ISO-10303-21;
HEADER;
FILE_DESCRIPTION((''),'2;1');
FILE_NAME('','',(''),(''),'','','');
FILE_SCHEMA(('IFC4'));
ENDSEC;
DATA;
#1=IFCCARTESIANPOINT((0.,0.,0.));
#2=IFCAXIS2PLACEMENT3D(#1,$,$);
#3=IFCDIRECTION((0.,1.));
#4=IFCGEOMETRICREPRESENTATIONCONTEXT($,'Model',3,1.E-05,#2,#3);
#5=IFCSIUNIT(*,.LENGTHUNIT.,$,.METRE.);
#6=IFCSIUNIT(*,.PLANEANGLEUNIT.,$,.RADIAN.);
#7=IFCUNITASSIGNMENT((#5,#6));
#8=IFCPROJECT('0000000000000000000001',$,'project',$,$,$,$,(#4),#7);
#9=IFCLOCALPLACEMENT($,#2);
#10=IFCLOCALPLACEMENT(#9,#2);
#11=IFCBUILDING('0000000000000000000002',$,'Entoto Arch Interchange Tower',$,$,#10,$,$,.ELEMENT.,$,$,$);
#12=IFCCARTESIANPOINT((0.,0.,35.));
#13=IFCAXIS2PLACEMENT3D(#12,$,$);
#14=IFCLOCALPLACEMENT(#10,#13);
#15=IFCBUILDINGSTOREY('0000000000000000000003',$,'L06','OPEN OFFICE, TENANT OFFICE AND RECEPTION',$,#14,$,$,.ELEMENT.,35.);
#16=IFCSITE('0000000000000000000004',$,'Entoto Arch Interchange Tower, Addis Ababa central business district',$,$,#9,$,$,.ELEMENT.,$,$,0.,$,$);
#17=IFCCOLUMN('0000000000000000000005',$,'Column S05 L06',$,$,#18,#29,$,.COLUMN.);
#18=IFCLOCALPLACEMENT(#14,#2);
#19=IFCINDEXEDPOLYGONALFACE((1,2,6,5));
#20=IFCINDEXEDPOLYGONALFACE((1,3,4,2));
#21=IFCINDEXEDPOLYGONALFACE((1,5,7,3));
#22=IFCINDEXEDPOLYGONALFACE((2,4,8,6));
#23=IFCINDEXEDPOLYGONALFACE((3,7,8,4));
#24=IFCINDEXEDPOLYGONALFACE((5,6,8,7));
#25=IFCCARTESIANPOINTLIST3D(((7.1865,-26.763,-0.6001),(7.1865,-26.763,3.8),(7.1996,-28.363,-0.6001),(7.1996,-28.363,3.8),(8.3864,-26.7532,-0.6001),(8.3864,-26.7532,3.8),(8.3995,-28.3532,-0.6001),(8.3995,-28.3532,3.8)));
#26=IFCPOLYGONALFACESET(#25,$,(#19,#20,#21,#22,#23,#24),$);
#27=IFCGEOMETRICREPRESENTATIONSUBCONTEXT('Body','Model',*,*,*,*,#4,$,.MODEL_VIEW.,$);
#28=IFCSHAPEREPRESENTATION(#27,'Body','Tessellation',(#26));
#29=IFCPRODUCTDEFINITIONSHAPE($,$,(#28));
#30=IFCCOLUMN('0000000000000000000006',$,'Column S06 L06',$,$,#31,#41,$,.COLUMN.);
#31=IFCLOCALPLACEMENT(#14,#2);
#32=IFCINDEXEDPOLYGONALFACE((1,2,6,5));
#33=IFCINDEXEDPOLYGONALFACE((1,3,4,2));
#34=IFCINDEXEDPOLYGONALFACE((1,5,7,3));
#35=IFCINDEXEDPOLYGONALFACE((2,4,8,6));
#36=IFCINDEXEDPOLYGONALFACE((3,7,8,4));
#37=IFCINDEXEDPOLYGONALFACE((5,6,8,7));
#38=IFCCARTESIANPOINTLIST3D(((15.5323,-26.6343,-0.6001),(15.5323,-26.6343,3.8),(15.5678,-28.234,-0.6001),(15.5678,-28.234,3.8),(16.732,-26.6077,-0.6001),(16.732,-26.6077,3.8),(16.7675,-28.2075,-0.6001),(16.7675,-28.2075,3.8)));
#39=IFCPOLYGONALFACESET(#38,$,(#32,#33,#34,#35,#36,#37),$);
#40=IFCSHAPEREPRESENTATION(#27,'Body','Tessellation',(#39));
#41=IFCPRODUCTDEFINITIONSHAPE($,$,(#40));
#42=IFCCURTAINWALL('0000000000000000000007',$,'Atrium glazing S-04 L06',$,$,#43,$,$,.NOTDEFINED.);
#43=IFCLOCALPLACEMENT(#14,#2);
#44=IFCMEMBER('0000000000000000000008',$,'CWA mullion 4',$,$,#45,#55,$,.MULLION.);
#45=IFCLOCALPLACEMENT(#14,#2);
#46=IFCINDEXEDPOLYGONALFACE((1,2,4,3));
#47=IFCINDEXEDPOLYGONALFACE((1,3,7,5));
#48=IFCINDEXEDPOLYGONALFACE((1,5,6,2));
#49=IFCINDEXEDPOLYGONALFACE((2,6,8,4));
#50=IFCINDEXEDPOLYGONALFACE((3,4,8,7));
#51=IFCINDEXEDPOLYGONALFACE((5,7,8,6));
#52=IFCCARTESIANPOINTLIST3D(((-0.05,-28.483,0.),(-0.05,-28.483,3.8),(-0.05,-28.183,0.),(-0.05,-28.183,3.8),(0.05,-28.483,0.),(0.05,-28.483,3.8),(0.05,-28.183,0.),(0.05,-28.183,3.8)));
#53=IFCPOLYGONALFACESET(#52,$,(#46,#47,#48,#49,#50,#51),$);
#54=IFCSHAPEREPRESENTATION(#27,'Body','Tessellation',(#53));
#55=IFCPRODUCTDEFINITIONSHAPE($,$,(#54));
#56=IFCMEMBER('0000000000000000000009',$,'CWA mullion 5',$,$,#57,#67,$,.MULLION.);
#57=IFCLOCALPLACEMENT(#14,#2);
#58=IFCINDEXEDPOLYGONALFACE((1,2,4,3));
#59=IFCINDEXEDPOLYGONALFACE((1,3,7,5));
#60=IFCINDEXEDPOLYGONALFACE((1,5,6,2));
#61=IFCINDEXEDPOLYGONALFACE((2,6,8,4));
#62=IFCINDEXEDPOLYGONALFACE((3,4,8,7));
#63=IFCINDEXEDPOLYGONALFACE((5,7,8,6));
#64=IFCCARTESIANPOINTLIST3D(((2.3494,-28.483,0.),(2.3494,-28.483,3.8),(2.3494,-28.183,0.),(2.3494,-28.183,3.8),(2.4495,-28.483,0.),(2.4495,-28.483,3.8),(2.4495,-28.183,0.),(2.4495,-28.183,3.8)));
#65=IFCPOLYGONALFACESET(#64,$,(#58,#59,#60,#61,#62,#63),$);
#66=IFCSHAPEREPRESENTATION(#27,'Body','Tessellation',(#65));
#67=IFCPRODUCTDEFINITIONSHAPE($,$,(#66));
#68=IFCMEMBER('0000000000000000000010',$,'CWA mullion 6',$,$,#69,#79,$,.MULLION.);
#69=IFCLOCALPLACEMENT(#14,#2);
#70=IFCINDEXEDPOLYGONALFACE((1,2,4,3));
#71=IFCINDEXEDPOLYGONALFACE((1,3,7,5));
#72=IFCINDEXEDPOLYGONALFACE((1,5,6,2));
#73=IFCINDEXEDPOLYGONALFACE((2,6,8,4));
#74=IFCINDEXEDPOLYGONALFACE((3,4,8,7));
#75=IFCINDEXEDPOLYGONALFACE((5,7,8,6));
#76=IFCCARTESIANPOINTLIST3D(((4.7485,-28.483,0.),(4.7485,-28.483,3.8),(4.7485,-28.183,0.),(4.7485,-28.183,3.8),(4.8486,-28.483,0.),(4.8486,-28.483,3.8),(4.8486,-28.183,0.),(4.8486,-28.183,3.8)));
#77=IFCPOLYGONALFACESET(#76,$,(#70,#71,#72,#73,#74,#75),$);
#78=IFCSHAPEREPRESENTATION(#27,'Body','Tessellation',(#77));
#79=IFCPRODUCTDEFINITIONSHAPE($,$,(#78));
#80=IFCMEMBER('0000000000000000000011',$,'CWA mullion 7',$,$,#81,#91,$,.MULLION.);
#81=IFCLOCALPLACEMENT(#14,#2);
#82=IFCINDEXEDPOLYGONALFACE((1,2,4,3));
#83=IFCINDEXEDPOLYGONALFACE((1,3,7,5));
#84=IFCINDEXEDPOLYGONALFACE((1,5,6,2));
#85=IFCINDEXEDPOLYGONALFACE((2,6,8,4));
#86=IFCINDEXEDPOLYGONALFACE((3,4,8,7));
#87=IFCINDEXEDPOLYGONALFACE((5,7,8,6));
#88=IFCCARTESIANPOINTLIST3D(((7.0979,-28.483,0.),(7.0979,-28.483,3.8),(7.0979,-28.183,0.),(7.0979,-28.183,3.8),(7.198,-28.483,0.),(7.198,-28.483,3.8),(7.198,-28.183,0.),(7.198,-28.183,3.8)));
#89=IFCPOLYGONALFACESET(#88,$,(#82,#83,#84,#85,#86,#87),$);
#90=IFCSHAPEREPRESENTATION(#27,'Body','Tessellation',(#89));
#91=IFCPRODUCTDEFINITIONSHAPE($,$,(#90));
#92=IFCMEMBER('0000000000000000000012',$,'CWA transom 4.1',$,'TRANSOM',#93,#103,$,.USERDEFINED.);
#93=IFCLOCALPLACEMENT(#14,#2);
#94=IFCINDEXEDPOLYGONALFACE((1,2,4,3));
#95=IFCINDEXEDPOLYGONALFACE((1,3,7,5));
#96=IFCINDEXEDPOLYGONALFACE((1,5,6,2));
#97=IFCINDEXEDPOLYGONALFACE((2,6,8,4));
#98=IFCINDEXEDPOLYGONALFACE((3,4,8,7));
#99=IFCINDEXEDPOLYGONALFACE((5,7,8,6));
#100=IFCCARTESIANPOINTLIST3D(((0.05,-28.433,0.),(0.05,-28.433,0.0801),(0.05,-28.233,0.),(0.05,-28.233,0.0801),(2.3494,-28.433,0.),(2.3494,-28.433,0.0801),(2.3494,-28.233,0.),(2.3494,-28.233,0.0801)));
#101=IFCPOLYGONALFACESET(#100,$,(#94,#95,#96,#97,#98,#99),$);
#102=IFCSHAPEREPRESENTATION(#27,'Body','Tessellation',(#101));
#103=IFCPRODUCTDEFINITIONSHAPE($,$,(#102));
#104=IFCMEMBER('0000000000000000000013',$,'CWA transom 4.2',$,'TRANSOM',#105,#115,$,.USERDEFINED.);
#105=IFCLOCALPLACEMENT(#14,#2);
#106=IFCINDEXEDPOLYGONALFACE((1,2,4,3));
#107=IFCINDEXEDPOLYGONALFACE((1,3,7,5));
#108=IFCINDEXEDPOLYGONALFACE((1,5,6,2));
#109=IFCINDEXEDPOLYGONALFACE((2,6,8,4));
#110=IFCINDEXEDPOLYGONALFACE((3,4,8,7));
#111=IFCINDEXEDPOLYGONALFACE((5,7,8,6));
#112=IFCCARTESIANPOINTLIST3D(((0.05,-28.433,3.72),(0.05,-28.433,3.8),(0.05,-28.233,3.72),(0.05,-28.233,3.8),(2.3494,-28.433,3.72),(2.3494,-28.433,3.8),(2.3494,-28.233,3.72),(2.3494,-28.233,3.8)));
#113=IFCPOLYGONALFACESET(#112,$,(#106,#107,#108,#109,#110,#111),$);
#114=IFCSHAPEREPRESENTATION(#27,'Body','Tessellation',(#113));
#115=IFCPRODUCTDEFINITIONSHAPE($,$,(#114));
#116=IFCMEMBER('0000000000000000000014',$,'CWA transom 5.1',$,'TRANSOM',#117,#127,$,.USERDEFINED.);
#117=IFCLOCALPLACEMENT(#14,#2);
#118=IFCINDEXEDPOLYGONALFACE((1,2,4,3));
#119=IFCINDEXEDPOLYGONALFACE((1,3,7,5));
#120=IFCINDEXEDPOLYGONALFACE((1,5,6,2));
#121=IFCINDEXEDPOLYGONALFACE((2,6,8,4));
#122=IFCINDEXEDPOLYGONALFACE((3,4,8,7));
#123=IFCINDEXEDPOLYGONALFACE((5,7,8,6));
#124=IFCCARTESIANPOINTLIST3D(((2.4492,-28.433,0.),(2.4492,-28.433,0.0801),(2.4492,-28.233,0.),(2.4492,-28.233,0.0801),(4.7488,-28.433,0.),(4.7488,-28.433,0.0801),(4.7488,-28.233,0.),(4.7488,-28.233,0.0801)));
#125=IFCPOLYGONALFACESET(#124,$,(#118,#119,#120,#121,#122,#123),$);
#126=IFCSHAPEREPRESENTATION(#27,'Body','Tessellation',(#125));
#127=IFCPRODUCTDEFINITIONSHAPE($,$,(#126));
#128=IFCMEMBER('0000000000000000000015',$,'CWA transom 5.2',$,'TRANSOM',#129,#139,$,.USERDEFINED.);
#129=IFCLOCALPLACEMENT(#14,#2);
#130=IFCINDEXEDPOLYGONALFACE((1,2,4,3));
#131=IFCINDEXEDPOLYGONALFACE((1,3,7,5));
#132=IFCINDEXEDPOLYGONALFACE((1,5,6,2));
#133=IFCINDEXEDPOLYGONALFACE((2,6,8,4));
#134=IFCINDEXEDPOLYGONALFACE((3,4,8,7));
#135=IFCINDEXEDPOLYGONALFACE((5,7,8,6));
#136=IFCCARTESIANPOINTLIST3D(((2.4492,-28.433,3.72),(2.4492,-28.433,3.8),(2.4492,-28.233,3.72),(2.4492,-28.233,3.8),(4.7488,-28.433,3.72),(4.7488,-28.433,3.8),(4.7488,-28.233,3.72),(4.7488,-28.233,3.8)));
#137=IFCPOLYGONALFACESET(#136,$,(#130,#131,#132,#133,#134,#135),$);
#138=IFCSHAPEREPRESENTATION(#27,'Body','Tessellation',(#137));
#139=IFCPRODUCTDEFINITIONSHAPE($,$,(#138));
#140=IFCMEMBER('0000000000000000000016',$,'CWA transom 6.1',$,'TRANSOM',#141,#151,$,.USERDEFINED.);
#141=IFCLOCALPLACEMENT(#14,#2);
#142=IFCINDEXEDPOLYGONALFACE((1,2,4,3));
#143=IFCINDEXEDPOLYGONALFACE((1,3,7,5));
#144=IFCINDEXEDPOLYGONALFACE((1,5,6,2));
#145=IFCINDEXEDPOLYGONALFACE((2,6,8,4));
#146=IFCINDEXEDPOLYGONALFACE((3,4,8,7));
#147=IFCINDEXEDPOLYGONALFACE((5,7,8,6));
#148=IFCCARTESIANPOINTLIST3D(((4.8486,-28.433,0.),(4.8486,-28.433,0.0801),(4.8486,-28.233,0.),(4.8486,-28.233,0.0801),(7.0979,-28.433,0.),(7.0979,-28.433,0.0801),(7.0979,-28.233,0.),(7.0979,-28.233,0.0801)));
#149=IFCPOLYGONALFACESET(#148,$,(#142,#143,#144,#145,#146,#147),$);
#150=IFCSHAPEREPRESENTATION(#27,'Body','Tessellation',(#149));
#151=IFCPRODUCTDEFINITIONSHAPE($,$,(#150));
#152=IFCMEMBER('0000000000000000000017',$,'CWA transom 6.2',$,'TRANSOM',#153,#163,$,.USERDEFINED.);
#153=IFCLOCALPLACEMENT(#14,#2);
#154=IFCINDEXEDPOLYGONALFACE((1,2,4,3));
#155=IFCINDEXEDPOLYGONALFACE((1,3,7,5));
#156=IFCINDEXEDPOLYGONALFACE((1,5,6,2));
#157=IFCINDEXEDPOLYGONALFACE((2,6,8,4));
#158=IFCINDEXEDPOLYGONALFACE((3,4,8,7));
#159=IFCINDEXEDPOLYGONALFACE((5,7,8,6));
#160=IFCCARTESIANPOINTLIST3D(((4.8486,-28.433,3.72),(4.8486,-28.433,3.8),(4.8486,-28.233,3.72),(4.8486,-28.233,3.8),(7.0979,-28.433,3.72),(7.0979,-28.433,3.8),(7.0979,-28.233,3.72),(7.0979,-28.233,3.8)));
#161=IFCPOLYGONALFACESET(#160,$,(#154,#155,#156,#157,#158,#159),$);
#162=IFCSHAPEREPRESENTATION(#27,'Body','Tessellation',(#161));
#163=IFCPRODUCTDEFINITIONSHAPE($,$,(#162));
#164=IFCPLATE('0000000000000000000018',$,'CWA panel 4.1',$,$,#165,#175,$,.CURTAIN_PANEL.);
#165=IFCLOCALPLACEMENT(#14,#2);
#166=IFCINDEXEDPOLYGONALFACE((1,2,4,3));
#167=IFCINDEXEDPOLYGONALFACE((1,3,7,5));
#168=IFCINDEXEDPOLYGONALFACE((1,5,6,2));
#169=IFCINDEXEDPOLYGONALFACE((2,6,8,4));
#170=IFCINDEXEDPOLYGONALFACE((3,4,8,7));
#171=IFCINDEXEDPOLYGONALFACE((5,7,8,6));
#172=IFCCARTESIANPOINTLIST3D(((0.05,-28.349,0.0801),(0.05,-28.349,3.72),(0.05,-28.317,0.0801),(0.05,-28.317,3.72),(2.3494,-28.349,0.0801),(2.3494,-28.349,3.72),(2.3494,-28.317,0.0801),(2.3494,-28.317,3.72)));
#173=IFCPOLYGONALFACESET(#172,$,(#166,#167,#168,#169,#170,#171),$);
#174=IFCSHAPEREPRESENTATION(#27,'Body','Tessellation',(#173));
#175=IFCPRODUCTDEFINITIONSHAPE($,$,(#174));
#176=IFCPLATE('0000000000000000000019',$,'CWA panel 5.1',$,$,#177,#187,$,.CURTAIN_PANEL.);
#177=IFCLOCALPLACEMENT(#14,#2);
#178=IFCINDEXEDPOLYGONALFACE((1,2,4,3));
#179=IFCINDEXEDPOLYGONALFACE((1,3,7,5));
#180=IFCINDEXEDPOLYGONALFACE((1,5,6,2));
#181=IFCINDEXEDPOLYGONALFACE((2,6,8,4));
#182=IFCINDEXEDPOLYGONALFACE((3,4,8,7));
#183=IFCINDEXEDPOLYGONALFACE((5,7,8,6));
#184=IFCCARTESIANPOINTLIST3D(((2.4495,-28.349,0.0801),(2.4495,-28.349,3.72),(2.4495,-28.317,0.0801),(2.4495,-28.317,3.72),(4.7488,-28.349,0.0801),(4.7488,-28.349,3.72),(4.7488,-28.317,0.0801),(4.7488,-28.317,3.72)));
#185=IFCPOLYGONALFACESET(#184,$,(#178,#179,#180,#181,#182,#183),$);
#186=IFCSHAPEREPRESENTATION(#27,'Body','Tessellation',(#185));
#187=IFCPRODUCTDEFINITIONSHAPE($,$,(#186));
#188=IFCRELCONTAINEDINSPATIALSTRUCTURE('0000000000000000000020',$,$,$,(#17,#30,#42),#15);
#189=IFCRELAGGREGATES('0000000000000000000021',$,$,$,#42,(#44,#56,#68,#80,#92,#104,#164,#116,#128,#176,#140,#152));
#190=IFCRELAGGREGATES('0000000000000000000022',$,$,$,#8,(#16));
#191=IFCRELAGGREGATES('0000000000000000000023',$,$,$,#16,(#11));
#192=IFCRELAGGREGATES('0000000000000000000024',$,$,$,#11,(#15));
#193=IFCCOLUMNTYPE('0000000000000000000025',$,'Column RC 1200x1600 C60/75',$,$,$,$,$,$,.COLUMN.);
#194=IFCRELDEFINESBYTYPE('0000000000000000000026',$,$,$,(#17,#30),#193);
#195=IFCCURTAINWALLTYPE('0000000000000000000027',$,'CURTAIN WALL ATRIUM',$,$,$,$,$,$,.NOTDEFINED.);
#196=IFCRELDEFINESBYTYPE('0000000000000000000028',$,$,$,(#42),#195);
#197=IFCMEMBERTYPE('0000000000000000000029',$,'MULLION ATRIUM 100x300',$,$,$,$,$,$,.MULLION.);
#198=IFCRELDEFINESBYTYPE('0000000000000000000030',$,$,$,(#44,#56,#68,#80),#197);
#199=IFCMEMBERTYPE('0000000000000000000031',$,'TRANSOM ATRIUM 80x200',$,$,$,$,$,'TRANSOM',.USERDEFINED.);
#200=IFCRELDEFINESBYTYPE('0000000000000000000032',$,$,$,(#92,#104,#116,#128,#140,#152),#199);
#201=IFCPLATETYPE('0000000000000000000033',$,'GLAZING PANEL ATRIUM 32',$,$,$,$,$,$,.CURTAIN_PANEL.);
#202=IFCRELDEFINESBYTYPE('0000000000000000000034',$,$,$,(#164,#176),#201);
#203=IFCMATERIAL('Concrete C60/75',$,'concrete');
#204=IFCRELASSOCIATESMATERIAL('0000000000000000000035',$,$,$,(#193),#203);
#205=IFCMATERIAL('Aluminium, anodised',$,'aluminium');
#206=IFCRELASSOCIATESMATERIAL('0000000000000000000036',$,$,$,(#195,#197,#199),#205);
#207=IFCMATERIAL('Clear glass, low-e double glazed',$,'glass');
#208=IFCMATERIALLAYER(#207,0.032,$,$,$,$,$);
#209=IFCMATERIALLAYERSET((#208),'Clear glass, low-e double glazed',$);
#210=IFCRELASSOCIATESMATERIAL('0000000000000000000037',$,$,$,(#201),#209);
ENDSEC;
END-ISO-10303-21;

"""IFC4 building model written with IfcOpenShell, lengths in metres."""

from ifc_helpers import new_model, si_unit, direction, frame, origin, origin_2d, place, context, subcontext, project, spatial, rectangle, extrude, material, layer, layer_set, material_profile, profile_set, type_object, element, aggregate, save


model = new_model("IFC4")

# Units and contexts
model_context = context("Model", 3, precision=1e-05, world=origin(), true_north=direction((0.0, 1.0)))
body_context = subcontext(model_context, "Body", "Model", "MODEL_VIEW")
ifc_project = project(units=[si_unit("LENGTHUNIT", "METRE"), si_unit("PLANEANGLEUNIT", "RADIAN")], contexts=[model_context])

# Site, building, storey
site_placement = place(None, origin())
site = spatial("IfcSite", under=ifc_project, at=site_placement, Name="Entoto Arch Interchange Tower, Addis Ababa central business district", CompositionType="ELEMENT", RefElevation=0.0)
building_placement = place(site_placement, origin())
building = spatial("IfcBuilding", under=site, at=building_placement, Name="Entoto Arch Interchange Tower", CompositionType="ELEMENT")
storey_placement = place(building_placement, frame((0.0, 0.0, 35.0)))
storey = spatial("IfcBuildingStorey", under=building, at=storey_placement, Name="L06", Description="OPEN OFFICE, TENANT OFFICE AND RECEPTION", CompositionType="ELEMENT", Elevation=35.0)

# Columns
ifc_material_1 = material(Name="Concrete C60/75", Category="concrete")
ifc_material_profile_1 = material_profile(ifc_material_1, rectangle(XDim=1.2, YDim=1.6001, at=origin_2d()))
ifc_profile_set_1 = profile_set([ifc_material_profile_1], Name="Concrete C60/75")
column_type = type_object("IfcColumnType", Name="Column RC 1200x1600 C60/75", PredefinedType="COLUMN", material=ifc_profile_set_1)
for number, where, z_axis, x_axis, name in (
    (1, (7.793, -27.5581, -0.6001), (0.0, 0.0, 1.0), (0.999966, 0.008203, 0.0), "Column S05 L06"),
    (2, (16.1499, -27.4209, -0.6001), (0.0, 0.0, 1.0), (0.999754, 0.022164, 0.0), "Column S06 L06"),
):
    element("IfcColumn", number, at=place(storey_placement, frame(where, z_axis=z_axis, x_axis=x_axis)), inside=storey, type_object=column_type, Name=name, PredefinedType="COLUMN", context=body_context, shape_type="SweptSolid", body=[
        extrude(rectangle(XDim=1.2, YDim=1.6001, at=origin_2d()), origin(), (0.0, 0.0, 1.0), 4.4001),
    ])

# Curtain wall, members, plates
ifc_material_2 = material(Name="Aluminium, anodised", Category="aluminium")
curtain_wall_type = type_object("IfcCurtainWallType", Name="CURTAIN WALL ATRIUM", PredefinedType="NOTDEFINED", material=ifc_material_2)
curtain_wall_placement = place(storey_placement, origin())
curtain_wall = element("IfcCurtainWall", 3, at=curtain_wall_placement, inside=storey, type_object=curtain_wall_type, Name="Atrium glazing S-04 L06", PredefinedType="NOTDEFINED")
ifc_material_profile_2 = material_profile(ifc_material_2, rectangle(XDim=0.3, YDim=0.1001, at=origin_2d()))
ifc_profile_set_2 = profile_set([ifc_material_profile_2], Name="Aluminium, anodised")
member_type_1 = type_object("IfcMemberType", Name="MULLION ATRIUM 100x300", PredefinedType="MULLION", material=ifc_profile_set_2)
member_1_placement = place(storey_placement, frame((0.0, -28.333, 0.0), z_axis=(0.0, 0.0, 1.0), x_axis=(0.0, 1.0, 0.0)))
member_1 = element("IfcMember", 4, at=member_1_placement, type_object=member_type_1, Name="CWA mullion 4", PredefinedType="MULLION", context=body_context, shape_type="SweptSolid", body=[
    extrude(rectangle(XDim=0.3, YDim=0.1001, at=origin_2d()), origin(), (0.0, 0.0, 1.0), 3.8),
])
member_2_placement = place(storey_placement, frame((2.3994, -28.333, 0.0), z_axis=(0.0, 0.0, 1.0), x_axis=(0.0, 1.0, 0.0)))
member_2 = element("IfcMember", 5, at=member_2_placement, type_object=member_type_1, Name="CWA mullion 5", PredefinedType="MULLION", context=body_context, shape_type="SweptSolid", body=[
    extrude(rectangle(XDim=0.3, YDim=0.1001, at=origin_2d()), origin(), (0.0, 0.0, 1.0), 3.8),
])
member_3_placement = place(storey_placement, frame((4.7986, -28.333, 0.0), z_axis=(0.0, 0.0, 1.0), x_axis=(0.0, 1.0, 0.0)))
member_3 = element("IfcMember", 6, at=member_3_placement, type_object=member_type_1, Name="CWA mullion 6", PredefinedType="MULLION", context=body_context, shape_type="SweptSolid", body=[
    extrude(rectangle(XDim=0.3, YDim=0.1001, at=origin_2d()), origin(), (0.0, 0.0, 1.0), 3.8),
])
member_4_placement = place(storey_placement, frame((7.1479, -28.333, 0.0), z_axis=(0.0, 0.0, 1.0), x_axis=(0.0, 1.0, 0.0)))
member_4 = element("IfcMember", 7, at=member_4_placement, type_object=member_type_1, Name="CWA mullion 7", PredefinedType="MULLION", context=body_context, shape_type="SweptSolid", body=[
    extrude(rectangle(XDim=0.3, YDim=0.1001, at=origin_2d()), origin(), (0.0, 0.0, 1.0), 3.8),
])
ifc_material_profile_3 = material_profile(ifc_material_2, rectangle(XDim=0.2, YDim=0.0801, at=origin_2d()))
ifc_profile_set_3 = profile_set([ifc_material_profile_3], Name="Aluminium, anodised")
member_type_2 = type_object("IfcMemberType", Name="TRANSOM ATRIUM 80x200", ElementType="TRANSOM", PredefinedType="USERDEFINED", material=ifc_profile_set_3)
member_5_placement = place(storey_placement, frame((0.05, -28.333, 0.04), z_axis=(1.0, 0.0, 0.0), x_axis=(0.0, 1.0, 0.0)))
member_5 = element("IfcMember", 8, at=member_5_placement, type_object=member_type_2, Name="CWA transom 4.1", ObjectType="TRANSOM", PredefinedType="USERDEFINED", context=body_context, shape_type="SweptSolid", body=[
    extrude(rectangle(XDim=0.2, YDim=0.0801, at=origin_2d()), origin(), (0.0, 0.0, 1.0), 2.2993),
])
member_6_placement = place(storey_placement, frame((0.05, -28.333, 3.76), z_axis=(1.0, 0.0, 0.0), x_axis=(0.0, 1.0, 0.0)))
member_6 = element("IfcMember", 9, at=member_6_placement, type_object=member_type_2, Name="CWA transom 4.2", ObjectType="TRANSOM", PredefinedType="USERDEFINED", context=body_context, shape_type="SweptSolid", body=[
    extrude(rectangle(XDim=0.2, YDim=0.0801, at=origin_2d()), origin(), (0.0, 0.0, 1.0), 2.2993),
])
member_7_placement = place(storey_placement, frame((2.4492, -28.333, 0.04), z_axis=(1.0, 0.0, 0.0), x_axis=(0.0, 1.0, 0.0)))
member_7 = element("IfcMember", 10, at=member_7_placement, type_object=member_type_2, Name="CWA transom 5.1", ObjectType="TRANSOM", PredefinedType="USERDEFINED", context=body_context, shape_type="SweptSolid", body=[
    extrude(rectangle(XDim=0.2, YDim=0.0801, at=origin_2d()), origin(), (0.0, 0.0, 1.0), 2.2996),
])
member_8_placement = place(storey_placement, frame((2.4492, -28.333, 3.76), z_axis=(1.0, 0.0, 0.0), x_axis=(0.0, 1.0, 0.0)))
member_8 = element("IfcMember", 11, at=member_8_placement, type_object=member_type_2, Name="CWA transom 5.2", ObjectType="TRANSOM", PredefinedType="USERDEFINED", context=body_context, shape_type="SweptSolid", body=[
    extrude(rectangle(XDim=0.2, YDim=0.0801, at=origin_2d()), origin(), (0.0, 0.0, 1.0), 2.2996),
])
member_9_placement = place(storey_placement, frame((4.8486, -28.333, 0.04), z_axis=(1.0, 0.0, 0.0), x_axis=(0.0, 1.0, 0.0)))
member_9 = element("IfcMember", 12, at=member_9_placement, type_object=member_type_2, Name="CWA transom 6.1", ObjectType="TRANSOM", PredefinedType="USERDEFINED", context=body_context, shape_type="SweptSolid", body=[
    extrude(rectangle(XDim=0.2, YDim=0.0801, at=origin_2d()), origin(), (0.0, 0.0, 1.0), 2.2493),
])
member_10_placement = place(storey_placement, frame((4.8486, -28.333, 3.76), z_axis=(1.0, 0.0, 0.0), x_axis=(0.0, 1.0, 0.0)))
member_10 = element("IfcMember", 13, at=member_10_placement, type_object=member_type_2, Name="CWA transom 6.2", ObjectType="TRANSOM", PredefinedType="USERDEFINED", context=body_context, shape_type="SweptSolid", body=[
    extrude(rectangle(XDim=0.2, YDim=0.0801, at=origin_2d()), origin(), (0.0, 0.0, 1.0), 2.2493),
])
ifc_material_3 = material(Name="Clear glass, low-e double glazed", Category="glass")
ifc_layer_1 = layer(ifc_material_3, 0.032)
ifc_layer_set_1 = layer_set([ifc_layer_1], Name="Clear glass, low-e double glazed")
plate_type = type_object("IfcPlateType", Name="GLAZING PANEL ATRIUM 32", PredefinedType="CURTAIN_PANEL", material=ifc_layer_set_1)
plate_1_placement = place(storey_placement, frame((1.1997, -28.333, 0.0801), z_axis=(0.0, 0.0, 1.0), x_axis=(1.0, 0.0, 0.0)))
plate_1 = element("IfcPlate", 14, at=plate_1_placement, type_object=plate_type, Name="CWA panel 4.1", PredefinedType="CURTAIN_PANEL", context=body_context, shape_type="SweptSolid", body=[
    extrude(rectangle(XDim=2.2993, YDim=0.032, at=origin_2d()), origin(), (0.0, 0.0, 1.0), 3.6399),
])
plate_2_placement = place(storey_placement, frame((3.5991, -28.333, 0.0801), z_axis=(0.0, 0.0, 1.0), x_axis=(1.0, 0.0, 0.0)))
plate_2 = element("IfcPlate", 15, at=plate_2_placement, type_object=plate_type, Name="CWA panel 5.1", PredefinedType="CURTAIN_PANEL", context=body_context, shape_type="SweptSolid", body=[
    extrude(rectangle(XDim=2.2993, YDim=0.032, at=origin_2d()), origin(), (0.0, 0.0, 1.0), 3.6399),
])
aggregate(curtain_wall, [member_1, member_2, member_3, member_4, member_5, member_6, plate_1, member_7, member_8, plate_2, member_9, member_10])

save(model, "model.ifc")
